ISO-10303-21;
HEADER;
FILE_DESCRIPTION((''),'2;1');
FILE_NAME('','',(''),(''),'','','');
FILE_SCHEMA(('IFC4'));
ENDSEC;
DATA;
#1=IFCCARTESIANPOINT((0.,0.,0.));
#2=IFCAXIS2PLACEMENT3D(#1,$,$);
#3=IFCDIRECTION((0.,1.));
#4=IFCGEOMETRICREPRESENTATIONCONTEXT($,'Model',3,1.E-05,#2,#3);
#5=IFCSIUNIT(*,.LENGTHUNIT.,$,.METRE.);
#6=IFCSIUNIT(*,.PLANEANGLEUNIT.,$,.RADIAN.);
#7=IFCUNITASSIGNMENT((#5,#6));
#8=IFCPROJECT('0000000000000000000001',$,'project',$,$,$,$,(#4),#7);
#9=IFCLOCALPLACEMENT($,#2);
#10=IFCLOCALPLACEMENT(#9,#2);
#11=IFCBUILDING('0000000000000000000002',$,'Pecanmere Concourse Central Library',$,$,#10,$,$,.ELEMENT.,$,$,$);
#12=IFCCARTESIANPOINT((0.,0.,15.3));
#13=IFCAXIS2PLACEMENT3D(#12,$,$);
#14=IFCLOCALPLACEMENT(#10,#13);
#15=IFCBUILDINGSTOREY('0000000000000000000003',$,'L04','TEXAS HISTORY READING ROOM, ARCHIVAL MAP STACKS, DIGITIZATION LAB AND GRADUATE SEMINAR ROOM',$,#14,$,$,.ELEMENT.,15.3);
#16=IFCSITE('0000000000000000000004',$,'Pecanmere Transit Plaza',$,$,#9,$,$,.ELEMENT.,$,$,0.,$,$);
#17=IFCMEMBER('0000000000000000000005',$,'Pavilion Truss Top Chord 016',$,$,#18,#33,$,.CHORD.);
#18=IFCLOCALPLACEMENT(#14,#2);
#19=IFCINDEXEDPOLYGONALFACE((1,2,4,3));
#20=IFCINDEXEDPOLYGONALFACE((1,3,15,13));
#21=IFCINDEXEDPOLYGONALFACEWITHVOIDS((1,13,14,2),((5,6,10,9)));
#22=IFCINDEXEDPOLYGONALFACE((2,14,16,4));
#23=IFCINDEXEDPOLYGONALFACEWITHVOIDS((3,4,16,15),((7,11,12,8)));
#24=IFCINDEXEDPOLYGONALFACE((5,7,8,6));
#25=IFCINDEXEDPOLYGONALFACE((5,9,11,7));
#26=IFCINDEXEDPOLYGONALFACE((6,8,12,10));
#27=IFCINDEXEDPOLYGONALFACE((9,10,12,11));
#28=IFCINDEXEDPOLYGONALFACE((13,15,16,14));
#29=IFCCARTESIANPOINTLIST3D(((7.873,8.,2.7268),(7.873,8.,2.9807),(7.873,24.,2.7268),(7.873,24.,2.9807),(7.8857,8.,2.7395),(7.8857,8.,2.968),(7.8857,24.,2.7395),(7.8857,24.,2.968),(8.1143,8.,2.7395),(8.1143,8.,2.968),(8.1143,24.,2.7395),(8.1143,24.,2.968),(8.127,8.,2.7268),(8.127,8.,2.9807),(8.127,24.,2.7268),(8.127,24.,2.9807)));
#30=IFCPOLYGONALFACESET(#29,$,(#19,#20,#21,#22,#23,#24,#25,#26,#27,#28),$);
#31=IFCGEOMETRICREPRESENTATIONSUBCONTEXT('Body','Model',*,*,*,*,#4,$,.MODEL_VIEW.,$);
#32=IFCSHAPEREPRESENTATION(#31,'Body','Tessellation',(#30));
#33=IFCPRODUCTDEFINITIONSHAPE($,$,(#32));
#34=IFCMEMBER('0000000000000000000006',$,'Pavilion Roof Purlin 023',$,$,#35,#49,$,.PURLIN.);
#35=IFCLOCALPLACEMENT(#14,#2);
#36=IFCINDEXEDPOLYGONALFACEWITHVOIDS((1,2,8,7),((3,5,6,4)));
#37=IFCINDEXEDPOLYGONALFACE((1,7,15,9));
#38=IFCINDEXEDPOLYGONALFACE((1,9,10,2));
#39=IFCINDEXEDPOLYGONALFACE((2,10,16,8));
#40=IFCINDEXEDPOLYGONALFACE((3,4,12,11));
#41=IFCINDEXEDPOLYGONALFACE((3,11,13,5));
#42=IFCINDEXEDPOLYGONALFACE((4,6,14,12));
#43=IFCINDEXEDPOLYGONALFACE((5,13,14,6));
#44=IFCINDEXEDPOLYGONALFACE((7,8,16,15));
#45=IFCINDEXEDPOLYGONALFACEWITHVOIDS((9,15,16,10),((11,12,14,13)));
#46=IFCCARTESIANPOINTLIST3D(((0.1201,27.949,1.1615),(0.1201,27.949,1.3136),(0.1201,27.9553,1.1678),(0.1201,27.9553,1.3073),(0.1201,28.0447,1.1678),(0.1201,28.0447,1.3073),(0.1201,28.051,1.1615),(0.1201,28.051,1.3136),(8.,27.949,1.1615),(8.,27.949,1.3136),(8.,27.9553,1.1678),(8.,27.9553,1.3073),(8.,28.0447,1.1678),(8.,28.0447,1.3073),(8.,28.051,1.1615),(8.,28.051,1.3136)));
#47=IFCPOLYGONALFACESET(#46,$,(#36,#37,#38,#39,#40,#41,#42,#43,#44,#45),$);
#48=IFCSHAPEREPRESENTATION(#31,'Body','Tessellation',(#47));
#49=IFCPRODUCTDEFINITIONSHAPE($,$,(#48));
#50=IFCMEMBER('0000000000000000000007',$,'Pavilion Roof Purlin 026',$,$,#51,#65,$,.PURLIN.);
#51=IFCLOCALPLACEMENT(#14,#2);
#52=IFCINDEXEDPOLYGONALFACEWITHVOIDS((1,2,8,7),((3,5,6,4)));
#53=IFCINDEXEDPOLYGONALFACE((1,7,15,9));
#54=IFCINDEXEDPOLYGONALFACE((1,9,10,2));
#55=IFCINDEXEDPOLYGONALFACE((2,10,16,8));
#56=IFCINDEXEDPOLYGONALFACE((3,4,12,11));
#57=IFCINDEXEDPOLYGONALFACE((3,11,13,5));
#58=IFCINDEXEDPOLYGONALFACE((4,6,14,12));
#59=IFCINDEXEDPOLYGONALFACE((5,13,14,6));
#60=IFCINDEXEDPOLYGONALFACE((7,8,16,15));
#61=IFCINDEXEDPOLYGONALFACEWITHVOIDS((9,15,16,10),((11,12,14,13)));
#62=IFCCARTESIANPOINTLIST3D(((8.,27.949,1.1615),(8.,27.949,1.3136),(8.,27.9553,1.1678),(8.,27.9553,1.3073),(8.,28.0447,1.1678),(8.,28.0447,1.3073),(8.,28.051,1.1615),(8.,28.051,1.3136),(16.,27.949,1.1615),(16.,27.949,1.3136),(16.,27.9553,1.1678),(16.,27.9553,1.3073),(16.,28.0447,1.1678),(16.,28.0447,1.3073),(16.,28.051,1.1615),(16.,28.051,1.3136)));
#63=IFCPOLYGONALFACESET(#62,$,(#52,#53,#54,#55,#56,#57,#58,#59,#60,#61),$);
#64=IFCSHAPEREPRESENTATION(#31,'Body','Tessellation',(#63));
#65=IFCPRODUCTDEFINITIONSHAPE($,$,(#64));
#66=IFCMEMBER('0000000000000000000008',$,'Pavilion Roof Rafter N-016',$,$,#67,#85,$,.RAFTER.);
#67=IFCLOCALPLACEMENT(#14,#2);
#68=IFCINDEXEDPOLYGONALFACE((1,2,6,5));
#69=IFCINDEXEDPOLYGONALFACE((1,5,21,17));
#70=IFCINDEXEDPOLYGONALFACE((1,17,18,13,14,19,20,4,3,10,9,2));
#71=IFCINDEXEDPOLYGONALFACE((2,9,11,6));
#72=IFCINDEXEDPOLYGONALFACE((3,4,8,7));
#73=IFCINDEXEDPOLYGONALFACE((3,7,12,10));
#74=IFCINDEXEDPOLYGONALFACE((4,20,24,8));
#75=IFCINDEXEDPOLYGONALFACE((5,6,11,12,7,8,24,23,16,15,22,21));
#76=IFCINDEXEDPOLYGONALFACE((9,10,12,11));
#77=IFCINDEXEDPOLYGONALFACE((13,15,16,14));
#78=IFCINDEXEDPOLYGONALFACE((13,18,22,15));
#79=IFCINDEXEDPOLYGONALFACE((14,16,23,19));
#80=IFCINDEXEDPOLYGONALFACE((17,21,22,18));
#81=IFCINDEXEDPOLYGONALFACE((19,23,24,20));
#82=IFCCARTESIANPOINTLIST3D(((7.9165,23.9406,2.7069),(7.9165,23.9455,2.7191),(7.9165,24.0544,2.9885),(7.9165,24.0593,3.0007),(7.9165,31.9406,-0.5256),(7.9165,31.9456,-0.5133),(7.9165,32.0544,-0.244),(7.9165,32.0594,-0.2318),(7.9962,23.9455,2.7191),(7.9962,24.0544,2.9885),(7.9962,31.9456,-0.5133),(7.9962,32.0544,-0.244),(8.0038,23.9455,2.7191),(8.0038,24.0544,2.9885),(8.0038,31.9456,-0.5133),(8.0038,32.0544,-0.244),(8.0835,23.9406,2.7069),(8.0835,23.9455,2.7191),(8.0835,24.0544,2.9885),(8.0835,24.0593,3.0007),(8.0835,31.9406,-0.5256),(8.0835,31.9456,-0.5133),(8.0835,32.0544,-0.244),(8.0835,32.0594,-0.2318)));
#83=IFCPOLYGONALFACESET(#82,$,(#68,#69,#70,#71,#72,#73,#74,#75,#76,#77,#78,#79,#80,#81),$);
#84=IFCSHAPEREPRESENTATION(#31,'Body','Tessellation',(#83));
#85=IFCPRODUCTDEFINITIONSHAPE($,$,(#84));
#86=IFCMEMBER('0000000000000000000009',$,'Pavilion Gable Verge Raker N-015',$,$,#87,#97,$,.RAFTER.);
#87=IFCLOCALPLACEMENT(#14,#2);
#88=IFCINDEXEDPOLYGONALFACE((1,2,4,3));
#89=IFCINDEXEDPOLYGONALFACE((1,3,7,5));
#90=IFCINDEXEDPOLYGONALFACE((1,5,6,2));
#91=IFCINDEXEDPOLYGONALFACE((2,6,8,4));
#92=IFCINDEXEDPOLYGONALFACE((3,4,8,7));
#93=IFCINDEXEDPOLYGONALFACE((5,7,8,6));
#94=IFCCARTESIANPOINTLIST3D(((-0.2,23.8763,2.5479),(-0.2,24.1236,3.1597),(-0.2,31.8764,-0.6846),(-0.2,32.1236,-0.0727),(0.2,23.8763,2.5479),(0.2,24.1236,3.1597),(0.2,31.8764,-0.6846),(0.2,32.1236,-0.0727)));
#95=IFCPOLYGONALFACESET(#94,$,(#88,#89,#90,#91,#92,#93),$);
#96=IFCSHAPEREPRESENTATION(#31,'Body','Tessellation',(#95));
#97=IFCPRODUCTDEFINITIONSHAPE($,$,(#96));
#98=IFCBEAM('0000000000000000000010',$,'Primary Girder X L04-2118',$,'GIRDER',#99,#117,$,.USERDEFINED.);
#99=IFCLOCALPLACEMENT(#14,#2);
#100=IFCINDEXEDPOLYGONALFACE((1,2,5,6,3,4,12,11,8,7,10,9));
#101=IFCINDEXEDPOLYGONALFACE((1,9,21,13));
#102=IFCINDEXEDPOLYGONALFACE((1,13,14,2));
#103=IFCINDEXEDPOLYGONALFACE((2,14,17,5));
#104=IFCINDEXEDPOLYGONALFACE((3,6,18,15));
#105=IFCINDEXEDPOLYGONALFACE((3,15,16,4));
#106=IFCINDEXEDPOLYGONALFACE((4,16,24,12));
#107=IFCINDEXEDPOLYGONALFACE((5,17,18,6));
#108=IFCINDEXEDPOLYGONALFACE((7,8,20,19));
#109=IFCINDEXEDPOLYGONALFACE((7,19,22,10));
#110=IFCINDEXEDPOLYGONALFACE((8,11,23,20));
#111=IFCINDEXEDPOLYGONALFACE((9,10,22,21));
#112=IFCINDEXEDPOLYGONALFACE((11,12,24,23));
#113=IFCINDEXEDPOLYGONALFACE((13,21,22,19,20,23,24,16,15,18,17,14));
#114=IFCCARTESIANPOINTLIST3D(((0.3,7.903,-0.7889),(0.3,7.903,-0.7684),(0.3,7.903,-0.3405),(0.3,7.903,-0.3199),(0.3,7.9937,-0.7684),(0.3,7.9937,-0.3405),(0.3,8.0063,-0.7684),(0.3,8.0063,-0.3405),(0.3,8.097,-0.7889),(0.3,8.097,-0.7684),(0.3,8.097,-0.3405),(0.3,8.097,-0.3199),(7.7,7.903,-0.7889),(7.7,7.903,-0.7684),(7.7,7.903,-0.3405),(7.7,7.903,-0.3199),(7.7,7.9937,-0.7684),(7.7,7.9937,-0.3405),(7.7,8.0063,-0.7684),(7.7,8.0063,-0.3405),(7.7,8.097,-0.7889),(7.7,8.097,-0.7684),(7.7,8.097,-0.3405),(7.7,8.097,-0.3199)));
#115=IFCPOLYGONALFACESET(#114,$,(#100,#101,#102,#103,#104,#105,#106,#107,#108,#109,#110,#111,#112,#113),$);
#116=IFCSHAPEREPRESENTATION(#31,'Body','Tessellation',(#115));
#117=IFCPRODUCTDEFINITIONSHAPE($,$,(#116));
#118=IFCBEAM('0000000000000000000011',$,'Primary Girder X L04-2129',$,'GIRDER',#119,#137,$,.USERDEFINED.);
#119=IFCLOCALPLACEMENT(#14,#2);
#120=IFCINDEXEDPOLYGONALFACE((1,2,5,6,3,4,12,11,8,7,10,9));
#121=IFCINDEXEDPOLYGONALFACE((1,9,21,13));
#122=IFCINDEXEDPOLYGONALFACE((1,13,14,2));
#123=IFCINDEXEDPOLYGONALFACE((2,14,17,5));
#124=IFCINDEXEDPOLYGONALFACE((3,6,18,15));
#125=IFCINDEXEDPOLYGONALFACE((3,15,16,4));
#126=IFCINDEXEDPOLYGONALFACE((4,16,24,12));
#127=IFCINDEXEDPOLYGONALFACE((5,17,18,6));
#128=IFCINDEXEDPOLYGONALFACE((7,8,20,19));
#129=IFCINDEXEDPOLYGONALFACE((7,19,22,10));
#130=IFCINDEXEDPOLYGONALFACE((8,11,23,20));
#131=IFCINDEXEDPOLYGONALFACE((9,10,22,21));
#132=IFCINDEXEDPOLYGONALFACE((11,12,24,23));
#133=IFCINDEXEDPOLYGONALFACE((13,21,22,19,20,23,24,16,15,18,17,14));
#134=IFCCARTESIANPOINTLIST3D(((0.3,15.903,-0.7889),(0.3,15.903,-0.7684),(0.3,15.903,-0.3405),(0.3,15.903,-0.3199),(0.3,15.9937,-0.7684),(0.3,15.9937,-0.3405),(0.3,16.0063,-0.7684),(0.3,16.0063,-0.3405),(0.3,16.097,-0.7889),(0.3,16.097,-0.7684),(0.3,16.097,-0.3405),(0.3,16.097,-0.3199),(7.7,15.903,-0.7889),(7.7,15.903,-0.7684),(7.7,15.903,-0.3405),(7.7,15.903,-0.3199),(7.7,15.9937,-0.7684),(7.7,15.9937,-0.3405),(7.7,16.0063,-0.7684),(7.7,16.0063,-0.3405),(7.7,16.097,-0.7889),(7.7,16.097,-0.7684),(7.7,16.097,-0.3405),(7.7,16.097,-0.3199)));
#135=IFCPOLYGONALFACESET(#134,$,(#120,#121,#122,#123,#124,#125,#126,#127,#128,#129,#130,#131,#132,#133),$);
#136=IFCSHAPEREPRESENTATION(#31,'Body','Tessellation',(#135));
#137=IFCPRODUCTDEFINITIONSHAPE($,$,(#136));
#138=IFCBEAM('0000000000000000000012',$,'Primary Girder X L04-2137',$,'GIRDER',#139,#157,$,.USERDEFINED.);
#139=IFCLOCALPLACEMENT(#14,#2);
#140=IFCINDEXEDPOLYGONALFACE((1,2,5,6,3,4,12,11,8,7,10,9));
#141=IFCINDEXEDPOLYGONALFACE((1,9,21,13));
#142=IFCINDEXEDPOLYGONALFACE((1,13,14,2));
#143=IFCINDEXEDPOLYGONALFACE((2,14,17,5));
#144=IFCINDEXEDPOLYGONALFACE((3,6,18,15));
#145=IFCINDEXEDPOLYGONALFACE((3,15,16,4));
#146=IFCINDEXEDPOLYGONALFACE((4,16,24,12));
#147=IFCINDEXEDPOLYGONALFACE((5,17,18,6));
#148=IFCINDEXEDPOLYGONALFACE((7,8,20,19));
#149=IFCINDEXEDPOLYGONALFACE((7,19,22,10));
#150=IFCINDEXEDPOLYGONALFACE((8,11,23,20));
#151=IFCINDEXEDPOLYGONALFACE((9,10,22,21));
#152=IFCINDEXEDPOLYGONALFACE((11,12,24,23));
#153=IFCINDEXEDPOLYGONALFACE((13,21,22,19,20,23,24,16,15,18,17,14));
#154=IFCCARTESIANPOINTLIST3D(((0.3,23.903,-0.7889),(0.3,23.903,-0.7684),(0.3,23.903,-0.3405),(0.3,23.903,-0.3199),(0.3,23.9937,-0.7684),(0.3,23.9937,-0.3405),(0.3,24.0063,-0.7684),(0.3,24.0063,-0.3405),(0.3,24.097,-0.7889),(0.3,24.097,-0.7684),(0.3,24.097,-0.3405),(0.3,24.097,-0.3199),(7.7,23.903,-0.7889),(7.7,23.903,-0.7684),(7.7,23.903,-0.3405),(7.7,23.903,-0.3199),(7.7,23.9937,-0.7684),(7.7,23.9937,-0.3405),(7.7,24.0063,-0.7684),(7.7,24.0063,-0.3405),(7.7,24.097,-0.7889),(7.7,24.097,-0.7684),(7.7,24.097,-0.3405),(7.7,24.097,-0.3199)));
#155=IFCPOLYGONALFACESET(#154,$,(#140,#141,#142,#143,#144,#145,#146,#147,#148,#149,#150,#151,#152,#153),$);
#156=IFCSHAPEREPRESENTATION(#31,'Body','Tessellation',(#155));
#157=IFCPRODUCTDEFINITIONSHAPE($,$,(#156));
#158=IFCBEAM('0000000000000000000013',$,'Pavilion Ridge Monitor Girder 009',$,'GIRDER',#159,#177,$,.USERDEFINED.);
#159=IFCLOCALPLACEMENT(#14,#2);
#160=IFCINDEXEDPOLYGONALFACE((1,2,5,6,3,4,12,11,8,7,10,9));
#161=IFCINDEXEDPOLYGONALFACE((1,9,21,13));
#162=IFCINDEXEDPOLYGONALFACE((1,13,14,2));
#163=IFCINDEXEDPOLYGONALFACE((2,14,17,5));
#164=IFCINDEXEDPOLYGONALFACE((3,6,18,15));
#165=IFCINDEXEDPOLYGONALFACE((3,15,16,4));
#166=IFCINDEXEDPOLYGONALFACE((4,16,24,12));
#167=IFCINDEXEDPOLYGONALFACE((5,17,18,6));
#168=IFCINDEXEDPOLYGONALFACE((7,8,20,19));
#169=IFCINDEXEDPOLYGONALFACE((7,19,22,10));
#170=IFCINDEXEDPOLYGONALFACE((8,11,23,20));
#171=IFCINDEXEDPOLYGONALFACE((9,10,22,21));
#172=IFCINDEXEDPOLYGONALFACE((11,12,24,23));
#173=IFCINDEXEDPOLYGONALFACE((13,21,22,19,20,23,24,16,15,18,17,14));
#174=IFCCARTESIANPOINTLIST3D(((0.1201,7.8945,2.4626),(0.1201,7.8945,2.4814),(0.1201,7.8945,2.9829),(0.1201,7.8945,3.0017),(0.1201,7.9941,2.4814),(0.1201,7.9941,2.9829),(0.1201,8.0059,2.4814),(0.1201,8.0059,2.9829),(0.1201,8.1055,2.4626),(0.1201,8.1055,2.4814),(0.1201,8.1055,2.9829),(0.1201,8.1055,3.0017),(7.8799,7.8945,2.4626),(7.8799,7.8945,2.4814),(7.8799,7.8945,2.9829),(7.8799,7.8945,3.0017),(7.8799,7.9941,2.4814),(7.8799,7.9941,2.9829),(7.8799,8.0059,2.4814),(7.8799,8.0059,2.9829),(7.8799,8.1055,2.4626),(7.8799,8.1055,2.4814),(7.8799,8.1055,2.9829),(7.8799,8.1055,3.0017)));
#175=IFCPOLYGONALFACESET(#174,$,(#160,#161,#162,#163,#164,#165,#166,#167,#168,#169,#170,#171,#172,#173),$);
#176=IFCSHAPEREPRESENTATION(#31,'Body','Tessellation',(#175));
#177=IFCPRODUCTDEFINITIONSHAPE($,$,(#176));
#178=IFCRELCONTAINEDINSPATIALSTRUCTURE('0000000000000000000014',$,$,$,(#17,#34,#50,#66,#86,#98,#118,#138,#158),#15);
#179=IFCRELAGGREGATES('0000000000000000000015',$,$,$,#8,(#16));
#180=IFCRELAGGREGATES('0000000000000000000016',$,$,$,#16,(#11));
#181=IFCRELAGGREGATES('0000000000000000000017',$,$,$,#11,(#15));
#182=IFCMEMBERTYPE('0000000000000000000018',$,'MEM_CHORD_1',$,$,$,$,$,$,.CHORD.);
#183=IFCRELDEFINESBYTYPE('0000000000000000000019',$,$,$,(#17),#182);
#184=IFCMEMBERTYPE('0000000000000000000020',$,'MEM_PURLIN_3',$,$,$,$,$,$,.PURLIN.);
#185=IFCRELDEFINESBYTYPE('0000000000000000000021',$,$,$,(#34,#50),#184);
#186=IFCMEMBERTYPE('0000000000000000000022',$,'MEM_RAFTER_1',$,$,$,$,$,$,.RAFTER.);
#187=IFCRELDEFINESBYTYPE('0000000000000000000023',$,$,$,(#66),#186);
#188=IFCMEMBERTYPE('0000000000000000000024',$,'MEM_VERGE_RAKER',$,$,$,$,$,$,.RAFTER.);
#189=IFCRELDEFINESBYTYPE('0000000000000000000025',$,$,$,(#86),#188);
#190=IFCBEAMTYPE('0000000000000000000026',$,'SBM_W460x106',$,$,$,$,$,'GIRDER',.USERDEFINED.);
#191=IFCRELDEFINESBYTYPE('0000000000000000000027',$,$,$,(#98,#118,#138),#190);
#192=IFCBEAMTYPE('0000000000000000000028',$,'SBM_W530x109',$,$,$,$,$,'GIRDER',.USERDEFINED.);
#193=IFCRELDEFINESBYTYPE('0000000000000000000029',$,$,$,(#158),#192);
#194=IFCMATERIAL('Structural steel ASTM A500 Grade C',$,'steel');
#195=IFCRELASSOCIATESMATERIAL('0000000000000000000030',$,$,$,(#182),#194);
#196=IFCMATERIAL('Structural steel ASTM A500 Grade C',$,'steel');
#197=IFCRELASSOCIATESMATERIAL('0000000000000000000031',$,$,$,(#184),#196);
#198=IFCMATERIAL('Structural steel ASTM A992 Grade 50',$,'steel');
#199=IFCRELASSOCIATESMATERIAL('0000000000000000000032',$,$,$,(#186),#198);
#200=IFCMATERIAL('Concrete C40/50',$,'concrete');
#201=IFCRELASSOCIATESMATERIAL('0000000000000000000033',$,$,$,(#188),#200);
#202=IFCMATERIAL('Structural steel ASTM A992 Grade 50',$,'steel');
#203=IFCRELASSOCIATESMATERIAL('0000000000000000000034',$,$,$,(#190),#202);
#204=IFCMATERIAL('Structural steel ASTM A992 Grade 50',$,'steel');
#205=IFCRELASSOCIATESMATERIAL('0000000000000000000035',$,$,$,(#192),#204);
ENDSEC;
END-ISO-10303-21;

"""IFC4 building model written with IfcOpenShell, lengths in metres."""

from ifc_helpers import new_model, si_unit, direction, frame, origin, origin_2d, place, context, subcontext, project, spatial, rectangle, hollow_rectangle, i_section, extrude, material, material_profile, profile_set, type_object, element, save


model = new_model("IFC4")

# Units and contexts
model_context = context("Model", 3, precision=1e-05, world=origin(), true_north=direction((0.0, 1.0)))
body_context = subcontext(model_context, "Body", "Model", "MODEL_VIEW")
ifc_project = project(units=[si_unit("LENGTHUNIT", "METRE"), si_unit("PLANEANGLEUNIT", "RADIAN")], contexts=[model_context])

# Site, building, storey
site_placement = place(None, origin())
site = spatial("IfcSite", under=ifc_project, at=site_placement, Name="Pecanmere Transit Plaza", CompositionType="ELEMENT", RefElevation=0.0)
building_placement = place(site_placement, origin())
building = spatial("IfcBuilding", under=site, at=building_placement, Name="Pecanmere Concourse Central Library", CompositionType="ELEMENT")
storey_placement = place(building_placement, frame((0.0, 0.0, 15.3)))
storey = spatial("IfcBuildingStorey", under=building, at=storey_placement, Name="L04", Description="TEXAS HISTORY READING ROOM, ARCHIVAL MAP STACKS, DIGITIZATION LAB AND GRADUATE SEMINAR ROOM", CompositionType="ELEMENT", Elevation=15.3)

# Members
ifc_material_1 = material(Name="Structural steel ASTM A500 Grade C", Category="steel")
ifc_material_profile_1 = material_profile(ifc_material_1, hollow_rectangle(XDim=0.2539, YDim=0.2539, WallThickness=0.0127, at=origin_2d()), Name="HSS254x254x12.7")
ifc_profile_set_1 = profile_set([ifc_material_profile_1], Name="Structural steel ASTM A500 Grade C")
member_type_1 = type_object("IfcMemberType", Name="MEM_CHORD_1", PredefinedType="CHORD", material=ifc_profile_set_1)
member_1_placement = place(storey_placement, frame((8.0, 8.0, 2.8538), z_axis=(0.0, 1.0, 0.0), x_axis=(-1.0, 0.0, 0.0)))
element("IfcMember", 1, at=member_1_placement, inside=storey, type_object=member_type_1, Name="Pavilion Truss Top Chord 016", PredefinedType="CHORD", context=body_context, shape_type="SweptSolid", body=[
    extrude(hollow_rectangle(XDim=0.2539, YDim=0.2539, WallThickness=0.0127, at=origin_2d()), origin(), (0.0, 0.0, 1.0), 16.0),
])
ifc_material_2 = material(Name="Structural steel ASTM A500 Grade C", Category="steel")
ifc_material_profile_2 = material_profile(ifc_material_2, hollow_rectangle(XDim=0.1021, YDim=0.1521, WallThickness=0.0063, at=origin_2d()), Name="HSS152x102x6.4")
ifc_profile_set_2 = profile_set([ifc_material_profile_2], Name="Structural steel ASTM A500 Grade C")
member_type_2 = type_object("IfcMemberType", Name="MEM_PURLIN_3", PredefinedType="PURLIN", material=ifc_profile_set_2)
member_2_placement = place(storey_placement, frame((0.1201, 28.0, 1.2375), z_axis=(1.0, 0.0, 0.0), x_axis=(0.0, 1.0, 0.0)))
element("IfcMember", 2, at=member_2_placement, inside=storey, type_object=member_type_2, Name="Pavilion Roof Purlin 023", PredefinedType="PURLIN", context=body_context, shape_type="SweptSolid", body=[
    extrude(hollow_rectangle(XDim=0.1021, YDim=0.1521, WallThickness=0.0063, at=origin_2d()), origin(), (0.0, 0.0, 1.0), 7.8799),
])
member_3_placement = place(storey_placement, frame((8.0, 28.0, 1.2375), z_axis=(1.0, 0.0, 0.0), x_axis=(0.0, 1.0, 0.0)))
element("IfcMember", 3, at=member_3_placement, inside=storey, type_object=member_type_2, Name="Pavilion Roof Purlin 026", PredefinedType="PURLIN", context=body_context, shape_type="SweptSolid", body=[
    extrude(hollow_rectangle(XDim=0.1021, YDim=0.1521, WallThickness=0.0063, at=origin_2d()), origin(), (0.0, 0.0, 1.0), 8.0),
])
ifc_material_3 = material(Name="Structural steel ASTM A992 Grade 50", Category="steel")
ifc_material_profile_3 = material_profile(ifc_material_3, i_section(OverallWidth=0.167, OverallDepth=0.3169, WebThickness=0.0076, FlangeThickness=0.0132, at=origin_2d()), Name="W310x52")
ifc_profile_set_3 = profile_set([ifc_material_profile_3], Name="Structural steel ASTM A992 Grade 50")
member_type_3 = type_object("IfcMemberType", Name="MEM_RAFTER_1", PredefinedType="RAFTER", material=ifc_profile_set_3)
member_4_placement = place(storey_placement, frame((8.0, 32.0, -0.3787), z_axis=(0.0, -0.927175, 0.374628), x_axis=(1.0, 0.0, 0.0)))
element("IfcMember", 4, at=member_4_placement, inside=storey, type_object=member_type_3, Name="Pavilion Roof Rafter N-016", PredefinedType="RAFTER", context=body_context, shape_type="SweptSolid", body=[
    extrude(i_section(OverallWidth=0.167, OverallDepth=0.3169, WebThickness=0.0076, FlangeThickness=0.0132, at=origin_2d()), origin(), (0.0, 0.0, 1.0), 8.6284),
])
ifc_material_4 = material(Name="Concrete C40/50", Category="concrete")
ifc_material_profile_4 = material_profile(ifc_material_4, rectangle(XDim=0.3999, YDim=0.6599, at=origin_2d()), Name="RC 400x660")
ifc_profile_set_4 = profile_set([ifc_material_profile_4], Name="Concrete C40/50")
member_type_4 = type_object("IfcMemberType", Name="MEM_VERGE_RAKER", PredefinedType="RAFTER", material=ifc_profile_set_4)
member_5_placement = place(storey_placement, frame((0.0, 32.0, -0.3787), z_axis=(0.0, -0.927175, 0.374628), x_axis=(1.0, 0.0, 0.0)))
element("IfcMember", 5, at=member_5_placement, inside=storey, type_object=member_type_4, Name="Pavilion Gable Verge Raker N-015", PredefinedType="RAFTER", context=body_context, shape_type="SweptSolid", body=[
    extrude(rectangle(XDim=0.3999, YDim=0.6599, at=origin_2d()), origin(), (0.0, 0.0, 1.0), 8.6284),
])

# Beams
ifc_material_5 = material(Name="Structural steel ASTM A992 Grade 50", Category="steel")
ifc_material_profile_5 = material_profile(ifc_material_5, i_section(OverallWidth=0.1941, OverallDepth=0.469, WebThickness=0.0127, FlangeThickness=0.0205, at=origin_2d()), Name="W460x106")
ifc_profile_set_5 = profile_set([ifc_material_profile_5], Name="Structural steel ASTM A992 Grade 50")
beam_type_1 = type_object("IfcBeamType", Name="SBM_W460x106", ElementType="GIRDER", PredefinedType="USERDEFINED", material=ifc_profile_set_5)
for number, where, z_axis, x_axis, name in (
    (6, (0.3, 8.0, -0.5544), (1.0, 0.0, 0.0), (0.0, 1.0, 0.0), "Primary Girder X L04-2118"),
    (7, (0.3, 16.0, -0.5544), (1.0, 0.0, 0.0), (0.0, 1.0, 0.0), "Primary Girder X L04-2129"),
    (8, (0.3, 24.0, -0.5544), (1.0, 0.0, 0.0), (0.0, 1.0, 0.0), "Primary Girder X L04-2137"),
):
    element("IfcBeam", number, at=place(storey_placement, frame(where, z_axis=z_axis, x_axis=x_axis)), inside=storey, type_object=beam_type_1, Name=name, ObjectType="GIRDER", PredefinedType="USERDEFINED", context=body_context, shape_type="SweptSolid", body=[
        extrude(i_section(OverallWidth=0.1941, OverallDepth=0.469, WebThickness=0.0127, FlangeThickness=0.0205, at=origin_2d()), origin(), (0.0, 0.0, 1.0), 7.3999),
    ])
ifc_material_6 = material(Name="Structural steel ASTM A992 Grade 50", Category="steel")
ifc_material_profile_6 = material_profile(ifc_material_6, i_section(OverallWidth=0.2109, OverallDepth=0.5391, WebThickness=0.0117, FlangeThickness=0.0188, at=origin_2d()), Name="W530x109")
ifc_profile_set_6 = profile_set([ifc_material_profile_6], Name="Structural steel ASTM A992 Grade 50")
beam_type_2 = type_object("IfcBeamType", Name="SBM_W530x109", ElementType="GIRDER", PredefinedType="USERDEFINED", material=ifc_profile_set_6)
beam_1_placement = place(storey_placement, frame((0.1201, 8.0, 2.7322), z_axis=(1.0, 0.0, 0.0), x_axis=(0.0, 1.0, 0.0)))
element("IfcBeam", 9, at=beam_1_placement, inside=storey, type_object=beam_type_2, Name="Pavilion Ridge Monitor Girder 009", ObjectType="GIRDER", PredefinedType="USERDEFINED", context=body_context, shape_type="SweptSolid", body=[
    extrude(i_section(OverallWidth=0.2109, OverallDepth=0.5391, WebThickness=0.0117, FlangeThickness=0.0188, at=origin_2d()), origin(), (0.0, 0.0, 1.0), 7.7598),
])

save(model, "model.ifc")
